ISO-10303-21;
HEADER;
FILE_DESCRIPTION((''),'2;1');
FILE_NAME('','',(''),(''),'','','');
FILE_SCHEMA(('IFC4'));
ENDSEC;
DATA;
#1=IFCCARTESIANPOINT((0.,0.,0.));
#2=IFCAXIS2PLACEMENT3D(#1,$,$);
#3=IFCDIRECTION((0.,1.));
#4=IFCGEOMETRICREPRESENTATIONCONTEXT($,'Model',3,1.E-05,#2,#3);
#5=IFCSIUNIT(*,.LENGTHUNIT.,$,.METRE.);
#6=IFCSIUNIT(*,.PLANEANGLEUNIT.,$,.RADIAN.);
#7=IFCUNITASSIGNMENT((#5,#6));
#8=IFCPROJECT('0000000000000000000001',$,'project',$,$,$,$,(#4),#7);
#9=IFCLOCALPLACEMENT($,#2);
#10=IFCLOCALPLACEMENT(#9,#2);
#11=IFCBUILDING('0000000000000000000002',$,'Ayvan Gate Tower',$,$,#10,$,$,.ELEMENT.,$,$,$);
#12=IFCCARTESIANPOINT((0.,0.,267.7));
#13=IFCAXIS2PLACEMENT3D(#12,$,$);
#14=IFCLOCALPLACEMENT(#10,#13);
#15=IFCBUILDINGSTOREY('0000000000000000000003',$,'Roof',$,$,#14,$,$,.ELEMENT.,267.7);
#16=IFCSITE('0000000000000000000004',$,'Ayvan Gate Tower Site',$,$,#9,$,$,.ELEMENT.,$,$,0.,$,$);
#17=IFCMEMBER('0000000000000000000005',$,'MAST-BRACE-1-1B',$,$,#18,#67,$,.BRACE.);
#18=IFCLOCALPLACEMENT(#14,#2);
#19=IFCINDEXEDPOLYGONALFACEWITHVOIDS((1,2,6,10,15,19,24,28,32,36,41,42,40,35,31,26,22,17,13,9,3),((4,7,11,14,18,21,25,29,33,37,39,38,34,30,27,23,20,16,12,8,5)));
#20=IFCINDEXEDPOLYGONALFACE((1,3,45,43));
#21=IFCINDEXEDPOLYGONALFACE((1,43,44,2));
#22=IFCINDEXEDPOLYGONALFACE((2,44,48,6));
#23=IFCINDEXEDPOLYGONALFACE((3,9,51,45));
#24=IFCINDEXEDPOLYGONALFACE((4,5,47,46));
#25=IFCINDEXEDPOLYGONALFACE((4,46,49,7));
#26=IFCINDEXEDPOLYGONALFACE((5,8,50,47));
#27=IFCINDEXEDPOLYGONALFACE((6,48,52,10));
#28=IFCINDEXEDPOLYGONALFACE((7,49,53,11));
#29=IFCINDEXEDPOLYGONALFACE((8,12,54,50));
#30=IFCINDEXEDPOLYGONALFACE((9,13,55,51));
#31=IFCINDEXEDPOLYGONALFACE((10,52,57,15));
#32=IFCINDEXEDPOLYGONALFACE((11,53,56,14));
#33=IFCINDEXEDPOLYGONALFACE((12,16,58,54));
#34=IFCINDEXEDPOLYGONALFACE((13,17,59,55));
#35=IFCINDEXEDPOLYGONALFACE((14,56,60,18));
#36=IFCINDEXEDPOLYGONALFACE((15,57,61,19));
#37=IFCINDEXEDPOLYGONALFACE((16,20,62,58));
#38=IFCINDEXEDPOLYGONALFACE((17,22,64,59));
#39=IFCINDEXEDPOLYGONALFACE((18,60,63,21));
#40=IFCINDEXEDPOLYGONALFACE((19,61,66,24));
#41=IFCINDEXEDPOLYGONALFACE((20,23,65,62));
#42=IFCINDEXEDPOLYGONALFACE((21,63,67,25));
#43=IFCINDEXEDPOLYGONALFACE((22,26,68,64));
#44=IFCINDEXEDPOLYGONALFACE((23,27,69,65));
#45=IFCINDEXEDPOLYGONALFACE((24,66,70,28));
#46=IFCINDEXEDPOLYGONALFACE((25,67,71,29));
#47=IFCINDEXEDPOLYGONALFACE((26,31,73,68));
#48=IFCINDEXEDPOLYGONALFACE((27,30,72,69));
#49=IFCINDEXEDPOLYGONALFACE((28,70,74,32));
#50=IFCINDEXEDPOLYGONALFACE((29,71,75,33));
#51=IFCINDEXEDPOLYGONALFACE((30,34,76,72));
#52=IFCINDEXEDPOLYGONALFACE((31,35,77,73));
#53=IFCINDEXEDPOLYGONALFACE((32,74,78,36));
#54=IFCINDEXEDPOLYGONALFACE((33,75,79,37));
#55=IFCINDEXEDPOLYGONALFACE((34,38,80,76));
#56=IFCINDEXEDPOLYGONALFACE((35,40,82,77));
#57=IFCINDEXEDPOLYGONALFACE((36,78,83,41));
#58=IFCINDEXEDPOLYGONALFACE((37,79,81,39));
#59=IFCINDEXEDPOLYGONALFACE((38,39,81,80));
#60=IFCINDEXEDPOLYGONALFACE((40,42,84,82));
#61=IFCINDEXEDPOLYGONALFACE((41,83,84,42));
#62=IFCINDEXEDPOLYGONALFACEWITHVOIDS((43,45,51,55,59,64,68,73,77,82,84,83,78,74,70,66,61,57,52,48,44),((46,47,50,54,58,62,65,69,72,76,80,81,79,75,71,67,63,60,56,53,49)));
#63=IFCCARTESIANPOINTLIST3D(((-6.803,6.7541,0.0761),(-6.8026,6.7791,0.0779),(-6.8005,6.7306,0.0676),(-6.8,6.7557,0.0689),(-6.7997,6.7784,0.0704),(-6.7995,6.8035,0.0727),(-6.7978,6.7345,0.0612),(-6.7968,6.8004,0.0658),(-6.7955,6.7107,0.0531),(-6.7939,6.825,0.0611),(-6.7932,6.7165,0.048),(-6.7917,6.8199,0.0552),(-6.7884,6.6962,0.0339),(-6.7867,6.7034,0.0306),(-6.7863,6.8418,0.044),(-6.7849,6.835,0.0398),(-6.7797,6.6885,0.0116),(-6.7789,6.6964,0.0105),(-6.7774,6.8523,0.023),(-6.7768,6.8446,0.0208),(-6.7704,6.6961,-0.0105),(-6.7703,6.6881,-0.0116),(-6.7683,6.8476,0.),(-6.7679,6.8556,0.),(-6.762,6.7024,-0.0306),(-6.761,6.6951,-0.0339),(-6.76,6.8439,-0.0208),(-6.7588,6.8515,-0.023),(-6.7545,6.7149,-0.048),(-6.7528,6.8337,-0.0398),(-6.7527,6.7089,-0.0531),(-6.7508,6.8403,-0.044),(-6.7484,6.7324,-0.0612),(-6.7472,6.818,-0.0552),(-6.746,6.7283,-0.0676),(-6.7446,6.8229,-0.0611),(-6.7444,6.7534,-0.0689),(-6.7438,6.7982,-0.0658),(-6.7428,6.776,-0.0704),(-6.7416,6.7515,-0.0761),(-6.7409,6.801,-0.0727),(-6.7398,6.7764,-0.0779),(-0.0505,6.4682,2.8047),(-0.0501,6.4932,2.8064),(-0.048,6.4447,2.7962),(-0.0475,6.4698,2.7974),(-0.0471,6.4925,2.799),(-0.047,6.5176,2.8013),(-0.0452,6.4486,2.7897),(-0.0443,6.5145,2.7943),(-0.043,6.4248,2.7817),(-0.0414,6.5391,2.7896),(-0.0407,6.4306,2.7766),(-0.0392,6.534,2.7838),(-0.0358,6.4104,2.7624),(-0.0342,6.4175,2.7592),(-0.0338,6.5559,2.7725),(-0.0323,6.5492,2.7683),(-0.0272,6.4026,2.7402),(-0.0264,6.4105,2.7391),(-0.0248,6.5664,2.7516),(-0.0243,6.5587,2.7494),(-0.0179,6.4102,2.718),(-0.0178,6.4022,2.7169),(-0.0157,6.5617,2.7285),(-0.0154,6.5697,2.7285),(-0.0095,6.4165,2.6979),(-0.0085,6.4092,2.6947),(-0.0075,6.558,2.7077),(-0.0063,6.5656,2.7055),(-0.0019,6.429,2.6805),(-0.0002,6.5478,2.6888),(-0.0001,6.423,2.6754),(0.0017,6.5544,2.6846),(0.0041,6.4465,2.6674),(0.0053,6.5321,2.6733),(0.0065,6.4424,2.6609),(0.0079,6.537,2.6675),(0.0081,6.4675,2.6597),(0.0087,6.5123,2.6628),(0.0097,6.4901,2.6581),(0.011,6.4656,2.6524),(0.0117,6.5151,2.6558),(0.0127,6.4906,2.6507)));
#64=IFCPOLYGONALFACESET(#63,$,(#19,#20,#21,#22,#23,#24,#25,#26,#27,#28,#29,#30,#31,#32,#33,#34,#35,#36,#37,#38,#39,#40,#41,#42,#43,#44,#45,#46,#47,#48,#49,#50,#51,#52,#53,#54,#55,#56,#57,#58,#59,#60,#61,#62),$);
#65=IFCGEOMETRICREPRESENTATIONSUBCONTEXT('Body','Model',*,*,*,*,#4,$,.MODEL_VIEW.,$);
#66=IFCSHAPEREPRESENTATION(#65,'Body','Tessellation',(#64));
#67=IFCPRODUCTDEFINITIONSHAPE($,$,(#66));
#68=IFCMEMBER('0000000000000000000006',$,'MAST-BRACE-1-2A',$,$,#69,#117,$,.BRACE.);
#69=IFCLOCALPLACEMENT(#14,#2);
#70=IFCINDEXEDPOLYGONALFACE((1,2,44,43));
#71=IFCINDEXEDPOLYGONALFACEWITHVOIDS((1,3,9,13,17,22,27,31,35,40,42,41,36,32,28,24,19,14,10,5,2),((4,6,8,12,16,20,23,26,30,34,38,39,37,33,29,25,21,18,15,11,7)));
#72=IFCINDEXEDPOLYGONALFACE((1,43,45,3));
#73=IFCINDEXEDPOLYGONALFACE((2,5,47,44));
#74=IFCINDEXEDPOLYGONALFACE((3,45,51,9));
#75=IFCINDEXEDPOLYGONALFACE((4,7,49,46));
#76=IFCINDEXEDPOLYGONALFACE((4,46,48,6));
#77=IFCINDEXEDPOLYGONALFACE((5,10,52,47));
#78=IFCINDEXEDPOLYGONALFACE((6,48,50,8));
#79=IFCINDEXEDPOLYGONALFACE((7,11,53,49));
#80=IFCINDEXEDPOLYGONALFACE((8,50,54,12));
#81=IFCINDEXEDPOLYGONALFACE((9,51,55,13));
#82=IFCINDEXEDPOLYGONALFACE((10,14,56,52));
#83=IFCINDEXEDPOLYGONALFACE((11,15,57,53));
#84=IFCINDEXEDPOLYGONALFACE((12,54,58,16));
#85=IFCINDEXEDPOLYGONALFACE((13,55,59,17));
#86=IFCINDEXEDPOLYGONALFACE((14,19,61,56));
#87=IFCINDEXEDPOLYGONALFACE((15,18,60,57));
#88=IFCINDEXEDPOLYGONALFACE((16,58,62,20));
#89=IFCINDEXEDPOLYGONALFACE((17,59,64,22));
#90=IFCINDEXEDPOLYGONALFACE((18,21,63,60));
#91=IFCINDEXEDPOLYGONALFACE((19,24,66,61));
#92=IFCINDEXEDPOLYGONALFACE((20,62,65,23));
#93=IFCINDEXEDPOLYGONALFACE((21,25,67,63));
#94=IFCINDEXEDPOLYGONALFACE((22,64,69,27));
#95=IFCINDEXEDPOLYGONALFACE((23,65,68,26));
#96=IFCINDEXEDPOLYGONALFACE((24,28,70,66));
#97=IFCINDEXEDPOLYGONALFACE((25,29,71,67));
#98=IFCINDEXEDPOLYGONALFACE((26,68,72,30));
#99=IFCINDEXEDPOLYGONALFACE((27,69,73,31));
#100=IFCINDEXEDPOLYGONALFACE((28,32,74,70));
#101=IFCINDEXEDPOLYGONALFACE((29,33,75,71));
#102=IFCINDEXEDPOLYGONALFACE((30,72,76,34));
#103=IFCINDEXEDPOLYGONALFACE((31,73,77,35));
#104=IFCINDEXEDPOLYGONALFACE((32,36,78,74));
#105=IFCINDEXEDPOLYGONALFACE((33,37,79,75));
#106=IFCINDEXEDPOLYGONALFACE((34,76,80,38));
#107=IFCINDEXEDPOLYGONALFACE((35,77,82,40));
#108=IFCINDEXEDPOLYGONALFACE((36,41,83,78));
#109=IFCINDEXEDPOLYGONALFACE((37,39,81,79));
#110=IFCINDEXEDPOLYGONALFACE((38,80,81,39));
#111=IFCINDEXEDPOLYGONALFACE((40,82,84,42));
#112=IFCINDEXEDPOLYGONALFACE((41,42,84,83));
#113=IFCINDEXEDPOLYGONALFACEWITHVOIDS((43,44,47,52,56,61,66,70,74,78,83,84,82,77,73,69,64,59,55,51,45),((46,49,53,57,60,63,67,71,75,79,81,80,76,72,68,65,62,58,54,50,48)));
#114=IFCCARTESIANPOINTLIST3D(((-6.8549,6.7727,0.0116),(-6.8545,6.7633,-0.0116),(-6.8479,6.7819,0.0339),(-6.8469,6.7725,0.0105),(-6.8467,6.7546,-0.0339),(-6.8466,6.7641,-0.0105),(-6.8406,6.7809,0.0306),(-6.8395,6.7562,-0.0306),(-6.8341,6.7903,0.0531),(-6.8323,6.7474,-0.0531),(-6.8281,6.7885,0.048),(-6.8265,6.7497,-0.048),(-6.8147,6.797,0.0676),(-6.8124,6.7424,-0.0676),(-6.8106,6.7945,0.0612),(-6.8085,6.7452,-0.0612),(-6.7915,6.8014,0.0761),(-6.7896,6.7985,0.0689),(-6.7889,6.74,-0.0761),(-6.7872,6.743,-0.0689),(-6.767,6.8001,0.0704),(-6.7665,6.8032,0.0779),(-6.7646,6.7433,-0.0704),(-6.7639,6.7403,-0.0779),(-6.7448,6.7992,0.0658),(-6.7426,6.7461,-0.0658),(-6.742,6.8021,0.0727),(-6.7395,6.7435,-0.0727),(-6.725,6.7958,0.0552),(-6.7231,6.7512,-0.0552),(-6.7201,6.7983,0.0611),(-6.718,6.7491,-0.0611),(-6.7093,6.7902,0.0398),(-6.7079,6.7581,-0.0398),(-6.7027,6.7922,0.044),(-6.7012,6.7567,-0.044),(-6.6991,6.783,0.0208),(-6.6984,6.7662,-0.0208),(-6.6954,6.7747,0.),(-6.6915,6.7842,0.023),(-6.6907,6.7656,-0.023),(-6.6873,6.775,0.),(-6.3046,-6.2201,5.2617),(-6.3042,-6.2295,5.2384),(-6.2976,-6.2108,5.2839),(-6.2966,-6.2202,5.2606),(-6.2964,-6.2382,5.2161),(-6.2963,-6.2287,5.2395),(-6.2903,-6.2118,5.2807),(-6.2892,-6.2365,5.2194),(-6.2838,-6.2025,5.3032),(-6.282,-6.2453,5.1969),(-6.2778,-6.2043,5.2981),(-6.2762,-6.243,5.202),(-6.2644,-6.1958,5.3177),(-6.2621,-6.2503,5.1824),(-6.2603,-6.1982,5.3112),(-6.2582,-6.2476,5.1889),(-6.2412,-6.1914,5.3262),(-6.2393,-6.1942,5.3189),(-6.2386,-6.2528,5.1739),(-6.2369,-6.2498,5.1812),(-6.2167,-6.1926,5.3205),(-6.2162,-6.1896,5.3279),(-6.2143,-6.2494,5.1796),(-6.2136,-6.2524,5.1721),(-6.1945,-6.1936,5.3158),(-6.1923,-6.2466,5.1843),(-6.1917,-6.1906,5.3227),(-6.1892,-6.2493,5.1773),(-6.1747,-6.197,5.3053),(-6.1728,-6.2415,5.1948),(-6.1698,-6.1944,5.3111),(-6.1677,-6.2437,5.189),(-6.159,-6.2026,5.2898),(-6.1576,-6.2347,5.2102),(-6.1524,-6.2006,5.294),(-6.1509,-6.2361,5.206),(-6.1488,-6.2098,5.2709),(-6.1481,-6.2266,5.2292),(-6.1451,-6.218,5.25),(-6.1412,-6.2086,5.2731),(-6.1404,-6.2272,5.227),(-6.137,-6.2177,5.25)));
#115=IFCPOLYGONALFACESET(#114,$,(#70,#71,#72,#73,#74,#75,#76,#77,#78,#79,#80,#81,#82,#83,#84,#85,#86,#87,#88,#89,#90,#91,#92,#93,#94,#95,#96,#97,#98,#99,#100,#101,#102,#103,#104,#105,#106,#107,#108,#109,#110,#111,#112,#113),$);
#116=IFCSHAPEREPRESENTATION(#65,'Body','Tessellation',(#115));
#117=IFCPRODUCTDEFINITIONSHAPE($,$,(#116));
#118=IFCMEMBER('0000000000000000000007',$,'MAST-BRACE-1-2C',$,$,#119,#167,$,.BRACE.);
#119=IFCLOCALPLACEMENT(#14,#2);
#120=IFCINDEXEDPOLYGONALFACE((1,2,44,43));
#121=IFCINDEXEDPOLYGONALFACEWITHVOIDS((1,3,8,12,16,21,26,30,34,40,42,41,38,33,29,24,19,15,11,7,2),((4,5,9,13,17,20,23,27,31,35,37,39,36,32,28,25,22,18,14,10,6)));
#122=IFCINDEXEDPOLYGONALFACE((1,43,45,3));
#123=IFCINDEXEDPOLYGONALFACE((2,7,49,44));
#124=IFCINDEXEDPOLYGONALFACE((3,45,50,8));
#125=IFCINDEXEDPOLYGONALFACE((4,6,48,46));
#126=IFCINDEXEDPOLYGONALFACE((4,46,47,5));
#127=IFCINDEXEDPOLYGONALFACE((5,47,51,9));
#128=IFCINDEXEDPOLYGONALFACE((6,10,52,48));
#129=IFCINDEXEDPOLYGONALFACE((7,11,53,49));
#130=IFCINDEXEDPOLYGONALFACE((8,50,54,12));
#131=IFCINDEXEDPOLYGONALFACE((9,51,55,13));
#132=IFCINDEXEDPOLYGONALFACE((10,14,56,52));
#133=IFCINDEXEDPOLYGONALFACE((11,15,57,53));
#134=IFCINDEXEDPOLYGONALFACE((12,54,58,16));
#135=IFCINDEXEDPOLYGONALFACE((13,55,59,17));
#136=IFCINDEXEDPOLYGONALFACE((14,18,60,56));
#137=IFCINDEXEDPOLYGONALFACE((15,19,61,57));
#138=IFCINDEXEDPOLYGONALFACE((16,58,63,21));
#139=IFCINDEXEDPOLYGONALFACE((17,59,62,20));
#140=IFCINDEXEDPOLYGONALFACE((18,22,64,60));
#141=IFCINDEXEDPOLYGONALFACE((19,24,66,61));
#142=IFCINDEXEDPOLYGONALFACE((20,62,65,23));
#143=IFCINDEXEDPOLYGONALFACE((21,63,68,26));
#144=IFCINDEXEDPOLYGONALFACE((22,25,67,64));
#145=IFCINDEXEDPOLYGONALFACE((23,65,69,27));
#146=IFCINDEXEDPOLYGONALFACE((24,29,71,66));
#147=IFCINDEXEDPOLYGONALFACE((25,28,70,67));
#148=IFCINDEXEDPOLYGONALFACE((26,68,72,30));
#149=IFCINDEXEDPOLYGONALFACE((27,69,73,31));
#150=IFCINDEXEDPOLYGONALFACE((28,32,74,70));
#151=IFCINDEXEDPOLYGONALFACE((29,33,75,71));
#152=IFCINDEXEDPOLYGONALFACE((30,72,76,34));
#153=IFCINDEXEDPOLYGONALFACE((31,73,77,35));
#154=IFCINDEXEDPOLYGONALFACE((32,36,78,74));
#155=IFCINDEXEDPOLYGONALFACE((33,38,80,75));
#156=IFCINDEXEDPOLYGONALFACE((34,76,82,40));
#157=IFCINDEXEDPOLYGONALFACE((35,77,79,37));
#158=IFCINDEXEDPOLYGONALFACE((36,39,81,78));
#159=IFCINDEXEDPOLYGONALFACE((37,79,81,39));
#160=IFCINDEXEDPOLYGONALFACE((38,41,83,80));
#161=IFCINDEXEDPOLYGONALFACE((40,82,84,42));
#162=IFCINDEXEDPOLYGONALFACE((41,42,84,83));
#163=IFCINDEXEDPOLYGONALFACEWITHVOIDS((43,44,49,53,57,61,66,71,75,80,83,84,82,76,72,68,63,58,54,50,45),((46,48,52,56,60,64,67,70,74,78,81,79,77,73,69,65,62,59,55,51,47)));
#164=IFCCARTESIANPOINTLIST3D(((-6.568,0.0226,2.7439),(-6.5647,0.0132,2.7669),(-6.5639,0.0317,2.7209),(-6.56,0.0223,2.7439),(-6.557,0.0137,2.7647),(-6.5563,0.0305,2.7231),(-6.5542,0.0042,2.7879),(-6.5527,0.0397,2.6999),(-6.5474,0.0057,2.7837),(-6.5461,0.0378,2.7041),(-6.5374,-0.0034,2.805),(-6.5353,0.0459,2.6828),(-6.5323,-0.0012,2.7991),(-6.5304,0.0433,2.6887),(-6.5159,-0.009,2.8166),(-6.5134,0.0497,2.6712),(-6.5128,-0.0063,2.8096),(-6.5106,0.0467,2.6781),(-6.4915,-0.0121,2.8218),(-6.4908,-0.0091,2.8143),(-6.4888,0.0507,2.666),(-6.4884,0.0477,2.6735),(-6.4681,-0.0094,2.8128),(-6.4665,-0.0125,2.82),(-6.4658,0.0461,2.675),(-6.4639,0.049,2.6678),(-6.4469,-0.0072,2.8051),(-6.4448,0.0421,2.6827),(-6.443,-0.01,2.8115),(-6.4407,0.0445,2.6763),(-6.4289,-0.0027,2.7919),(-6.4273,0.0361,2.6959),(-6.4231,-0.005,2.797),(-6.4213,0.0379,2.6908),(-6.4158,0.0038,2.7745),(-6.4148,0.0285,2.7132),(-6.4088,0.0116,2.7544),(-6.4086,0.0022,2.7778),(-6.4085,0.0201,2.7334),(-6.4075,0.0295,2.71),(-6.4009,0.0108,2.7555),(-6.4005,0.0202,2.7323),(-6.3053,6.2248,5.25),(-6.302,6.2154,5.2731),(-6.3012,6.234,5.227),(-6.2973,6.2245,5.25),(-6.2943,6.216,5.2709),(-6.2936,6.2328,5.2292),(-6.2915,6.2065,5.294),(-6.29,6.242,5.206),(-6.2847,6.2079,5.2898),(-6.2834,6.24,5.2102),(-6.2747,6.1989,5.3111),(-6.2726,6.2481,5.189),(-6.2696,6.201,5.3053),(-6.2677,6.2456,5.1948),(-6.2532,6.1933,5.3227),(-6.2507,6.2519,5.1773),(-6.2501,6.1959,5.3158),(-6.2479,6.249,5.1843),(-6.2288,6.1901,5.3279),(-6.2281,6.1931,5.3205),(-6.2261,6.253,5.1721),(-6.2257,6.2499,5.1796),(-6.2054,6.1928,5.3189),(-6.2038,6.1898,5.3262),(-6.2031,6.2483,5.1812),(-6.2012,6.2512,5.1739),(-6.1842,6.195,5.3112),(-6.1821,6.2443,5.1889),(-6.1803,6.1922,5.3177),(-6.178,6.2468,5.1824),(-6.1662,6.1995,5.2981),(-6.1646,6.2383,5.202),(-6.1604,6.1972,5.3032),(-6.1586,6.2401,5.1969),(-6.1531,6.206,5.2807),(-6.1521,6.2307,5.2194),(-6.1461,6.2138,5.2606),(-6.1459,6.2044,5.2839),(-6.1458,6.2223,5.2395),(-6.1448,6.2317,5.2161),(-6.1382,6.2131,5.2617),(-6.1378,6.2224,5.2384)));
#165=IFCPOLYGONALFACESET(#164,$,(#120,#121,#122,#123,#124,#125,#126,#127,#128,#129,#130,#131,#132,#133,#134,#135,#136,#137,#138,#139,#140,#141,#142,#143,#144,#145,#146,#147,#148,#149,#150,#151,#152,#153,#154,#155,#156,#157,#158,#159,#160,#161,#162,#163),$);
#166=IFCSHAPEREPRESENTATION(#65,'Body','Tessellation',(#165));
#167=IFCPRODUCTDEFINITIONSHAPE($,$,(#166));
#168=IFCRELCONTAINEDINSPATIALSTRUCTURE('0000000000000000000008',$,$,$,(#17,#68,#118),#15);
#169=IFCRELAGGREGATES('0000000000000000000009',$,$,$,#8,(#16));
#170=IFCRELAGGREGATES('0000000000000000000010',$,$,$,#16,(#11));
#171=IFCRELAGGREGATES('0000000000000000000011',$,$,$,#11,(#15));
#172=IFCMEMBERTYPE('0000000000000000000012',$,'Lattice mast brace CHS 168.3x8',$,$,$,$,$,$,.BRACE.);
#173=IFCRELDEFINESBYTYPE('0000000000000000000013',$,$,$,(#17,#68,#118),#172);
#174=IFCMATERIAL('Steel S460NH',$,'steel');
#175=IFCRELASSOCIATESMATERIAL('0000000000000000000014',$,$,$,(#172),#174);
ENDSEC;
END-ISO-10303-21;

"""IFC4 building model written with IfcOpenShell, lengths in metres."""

from ifc_helpers import new_model, si_unit, direction, frame, origin, origin_2d, place, context, subcontext, project, spatial, hollow_circle, extrude, material, material_profile, profile_set, type_object, element, save


model = new_model("IFC4")

# Units and contexts
model_context = context("Model", 3, precision=1e-05, world=origin(), true_north=direction((0.0, 1.0)))
body_context = subcontext(model_context, "Body", "Model", "MODEL_VIEW")
ifc_project = project(units=[si_unit("LENGTHUNIT", "METRE"), si_unit("PLANEANGLEUNIT", "RADIAN")], contexts=[model_context])

# Site, building, storey
site_placement = place(None, origin())
site = spatial("IfcSite", under=ifc_project, at=site_placement, Name="Ayvan Gate Tower Site", CompositionType="ELEMENT", RefElevation=0.0)
building_placement = place(site_placement, origin())
building = spatial("IfcBuilding", under=site, at=building_placement, Name="Ayvan Gate Tower", CompositionType="ELEMENT")
storey_placement = place(building_placement, frame((0.0, 0.0, 267.7)))
storey = spatial("IfcBuildingStorey", under=building, at=storey_placement, Name="Roof", CompositionType="ELEMENT", Elevation=267.7)

# Members
ifc_material_1 = material(Name="Steel S460NH", Category="steel")
ifc_material_profile_1 = material_profile(ifc_material_1, hollow_circle(Radius=0.0842, WallThickness=0.0081, at=origin_2d()), Name="CHS 168.3x8")
ifc_profile_set_1 = profile_set([ifc_material_profile_1], Name="Steel S460NH")
member_type_1 = type_object("IfcMemberType", Name="Lattice mast brace CHS 168.3x8", PredefinedType="BRACE", material=ifc_profile_set_1)
member_1_placement = place(storey_placement, frame((-6.7715, 6.7715, 0.0), z_axis=(0.926454, -0.039225, 0.37436), x_axis=(0.042301, 0.999105, 0.0)))
element("IfcMember", 1, at=member_1_placement, inside=storey, type_object=member_type_1, Name="MAST-BRACE-1-1B", PredefinedType="BRACE", context=body_context, shape_type="SweptSolid", body=[
    extrude(hollow_circle(Radius=0.0842, WallThickness=0.0081, at=origin_2d()), origin(), (0.0, 0.0, 1.0), 7.2886),
])
member_2_placement = place(storey_placement, frame((-6.7715, 6.7715, 0.0), z_axis=(0.039239, -0.926454, 0.374356), x_axis=(0.999104, 0.042316, 0.0)))
element("IfcMember", 2, at=member_2_placement, inside=storey, type_object=member_type_1, Name="MAST-BRACE-1-2A", PredefinedType="BRACE", context=body_context, shape_type="SweptSolid", body=[
    extrude(hollow_circle(Radius=0.0842, WallThickness=0.0081, at=origin_2d()), origin(), (0.0, 0.0, 1.0), 14.0242),
])
member_3_placement = place(storey_placement, frame((-6.4839, 0.019, 2.7439), z_axis=(0.039241, 0.926456, 0.374353), x_axis=(-0.999104, 0.042318, 0.0)))
element("IfcMember", 3, at=member_3_placement, inside=storey, type_object=member_type_1, Name="MAST-BRACE-1-2C", PredefinedType="BRACE", context=body_context, shape_type="SweptSolid", body=[
    extrude(hollow_circle(Radius=0.0842, WallThickness=0.0081, at=origin_2d()), origin(), (0.0, 0.0, 1.0), 6.6946),
])

save(model, "model.ifc")
